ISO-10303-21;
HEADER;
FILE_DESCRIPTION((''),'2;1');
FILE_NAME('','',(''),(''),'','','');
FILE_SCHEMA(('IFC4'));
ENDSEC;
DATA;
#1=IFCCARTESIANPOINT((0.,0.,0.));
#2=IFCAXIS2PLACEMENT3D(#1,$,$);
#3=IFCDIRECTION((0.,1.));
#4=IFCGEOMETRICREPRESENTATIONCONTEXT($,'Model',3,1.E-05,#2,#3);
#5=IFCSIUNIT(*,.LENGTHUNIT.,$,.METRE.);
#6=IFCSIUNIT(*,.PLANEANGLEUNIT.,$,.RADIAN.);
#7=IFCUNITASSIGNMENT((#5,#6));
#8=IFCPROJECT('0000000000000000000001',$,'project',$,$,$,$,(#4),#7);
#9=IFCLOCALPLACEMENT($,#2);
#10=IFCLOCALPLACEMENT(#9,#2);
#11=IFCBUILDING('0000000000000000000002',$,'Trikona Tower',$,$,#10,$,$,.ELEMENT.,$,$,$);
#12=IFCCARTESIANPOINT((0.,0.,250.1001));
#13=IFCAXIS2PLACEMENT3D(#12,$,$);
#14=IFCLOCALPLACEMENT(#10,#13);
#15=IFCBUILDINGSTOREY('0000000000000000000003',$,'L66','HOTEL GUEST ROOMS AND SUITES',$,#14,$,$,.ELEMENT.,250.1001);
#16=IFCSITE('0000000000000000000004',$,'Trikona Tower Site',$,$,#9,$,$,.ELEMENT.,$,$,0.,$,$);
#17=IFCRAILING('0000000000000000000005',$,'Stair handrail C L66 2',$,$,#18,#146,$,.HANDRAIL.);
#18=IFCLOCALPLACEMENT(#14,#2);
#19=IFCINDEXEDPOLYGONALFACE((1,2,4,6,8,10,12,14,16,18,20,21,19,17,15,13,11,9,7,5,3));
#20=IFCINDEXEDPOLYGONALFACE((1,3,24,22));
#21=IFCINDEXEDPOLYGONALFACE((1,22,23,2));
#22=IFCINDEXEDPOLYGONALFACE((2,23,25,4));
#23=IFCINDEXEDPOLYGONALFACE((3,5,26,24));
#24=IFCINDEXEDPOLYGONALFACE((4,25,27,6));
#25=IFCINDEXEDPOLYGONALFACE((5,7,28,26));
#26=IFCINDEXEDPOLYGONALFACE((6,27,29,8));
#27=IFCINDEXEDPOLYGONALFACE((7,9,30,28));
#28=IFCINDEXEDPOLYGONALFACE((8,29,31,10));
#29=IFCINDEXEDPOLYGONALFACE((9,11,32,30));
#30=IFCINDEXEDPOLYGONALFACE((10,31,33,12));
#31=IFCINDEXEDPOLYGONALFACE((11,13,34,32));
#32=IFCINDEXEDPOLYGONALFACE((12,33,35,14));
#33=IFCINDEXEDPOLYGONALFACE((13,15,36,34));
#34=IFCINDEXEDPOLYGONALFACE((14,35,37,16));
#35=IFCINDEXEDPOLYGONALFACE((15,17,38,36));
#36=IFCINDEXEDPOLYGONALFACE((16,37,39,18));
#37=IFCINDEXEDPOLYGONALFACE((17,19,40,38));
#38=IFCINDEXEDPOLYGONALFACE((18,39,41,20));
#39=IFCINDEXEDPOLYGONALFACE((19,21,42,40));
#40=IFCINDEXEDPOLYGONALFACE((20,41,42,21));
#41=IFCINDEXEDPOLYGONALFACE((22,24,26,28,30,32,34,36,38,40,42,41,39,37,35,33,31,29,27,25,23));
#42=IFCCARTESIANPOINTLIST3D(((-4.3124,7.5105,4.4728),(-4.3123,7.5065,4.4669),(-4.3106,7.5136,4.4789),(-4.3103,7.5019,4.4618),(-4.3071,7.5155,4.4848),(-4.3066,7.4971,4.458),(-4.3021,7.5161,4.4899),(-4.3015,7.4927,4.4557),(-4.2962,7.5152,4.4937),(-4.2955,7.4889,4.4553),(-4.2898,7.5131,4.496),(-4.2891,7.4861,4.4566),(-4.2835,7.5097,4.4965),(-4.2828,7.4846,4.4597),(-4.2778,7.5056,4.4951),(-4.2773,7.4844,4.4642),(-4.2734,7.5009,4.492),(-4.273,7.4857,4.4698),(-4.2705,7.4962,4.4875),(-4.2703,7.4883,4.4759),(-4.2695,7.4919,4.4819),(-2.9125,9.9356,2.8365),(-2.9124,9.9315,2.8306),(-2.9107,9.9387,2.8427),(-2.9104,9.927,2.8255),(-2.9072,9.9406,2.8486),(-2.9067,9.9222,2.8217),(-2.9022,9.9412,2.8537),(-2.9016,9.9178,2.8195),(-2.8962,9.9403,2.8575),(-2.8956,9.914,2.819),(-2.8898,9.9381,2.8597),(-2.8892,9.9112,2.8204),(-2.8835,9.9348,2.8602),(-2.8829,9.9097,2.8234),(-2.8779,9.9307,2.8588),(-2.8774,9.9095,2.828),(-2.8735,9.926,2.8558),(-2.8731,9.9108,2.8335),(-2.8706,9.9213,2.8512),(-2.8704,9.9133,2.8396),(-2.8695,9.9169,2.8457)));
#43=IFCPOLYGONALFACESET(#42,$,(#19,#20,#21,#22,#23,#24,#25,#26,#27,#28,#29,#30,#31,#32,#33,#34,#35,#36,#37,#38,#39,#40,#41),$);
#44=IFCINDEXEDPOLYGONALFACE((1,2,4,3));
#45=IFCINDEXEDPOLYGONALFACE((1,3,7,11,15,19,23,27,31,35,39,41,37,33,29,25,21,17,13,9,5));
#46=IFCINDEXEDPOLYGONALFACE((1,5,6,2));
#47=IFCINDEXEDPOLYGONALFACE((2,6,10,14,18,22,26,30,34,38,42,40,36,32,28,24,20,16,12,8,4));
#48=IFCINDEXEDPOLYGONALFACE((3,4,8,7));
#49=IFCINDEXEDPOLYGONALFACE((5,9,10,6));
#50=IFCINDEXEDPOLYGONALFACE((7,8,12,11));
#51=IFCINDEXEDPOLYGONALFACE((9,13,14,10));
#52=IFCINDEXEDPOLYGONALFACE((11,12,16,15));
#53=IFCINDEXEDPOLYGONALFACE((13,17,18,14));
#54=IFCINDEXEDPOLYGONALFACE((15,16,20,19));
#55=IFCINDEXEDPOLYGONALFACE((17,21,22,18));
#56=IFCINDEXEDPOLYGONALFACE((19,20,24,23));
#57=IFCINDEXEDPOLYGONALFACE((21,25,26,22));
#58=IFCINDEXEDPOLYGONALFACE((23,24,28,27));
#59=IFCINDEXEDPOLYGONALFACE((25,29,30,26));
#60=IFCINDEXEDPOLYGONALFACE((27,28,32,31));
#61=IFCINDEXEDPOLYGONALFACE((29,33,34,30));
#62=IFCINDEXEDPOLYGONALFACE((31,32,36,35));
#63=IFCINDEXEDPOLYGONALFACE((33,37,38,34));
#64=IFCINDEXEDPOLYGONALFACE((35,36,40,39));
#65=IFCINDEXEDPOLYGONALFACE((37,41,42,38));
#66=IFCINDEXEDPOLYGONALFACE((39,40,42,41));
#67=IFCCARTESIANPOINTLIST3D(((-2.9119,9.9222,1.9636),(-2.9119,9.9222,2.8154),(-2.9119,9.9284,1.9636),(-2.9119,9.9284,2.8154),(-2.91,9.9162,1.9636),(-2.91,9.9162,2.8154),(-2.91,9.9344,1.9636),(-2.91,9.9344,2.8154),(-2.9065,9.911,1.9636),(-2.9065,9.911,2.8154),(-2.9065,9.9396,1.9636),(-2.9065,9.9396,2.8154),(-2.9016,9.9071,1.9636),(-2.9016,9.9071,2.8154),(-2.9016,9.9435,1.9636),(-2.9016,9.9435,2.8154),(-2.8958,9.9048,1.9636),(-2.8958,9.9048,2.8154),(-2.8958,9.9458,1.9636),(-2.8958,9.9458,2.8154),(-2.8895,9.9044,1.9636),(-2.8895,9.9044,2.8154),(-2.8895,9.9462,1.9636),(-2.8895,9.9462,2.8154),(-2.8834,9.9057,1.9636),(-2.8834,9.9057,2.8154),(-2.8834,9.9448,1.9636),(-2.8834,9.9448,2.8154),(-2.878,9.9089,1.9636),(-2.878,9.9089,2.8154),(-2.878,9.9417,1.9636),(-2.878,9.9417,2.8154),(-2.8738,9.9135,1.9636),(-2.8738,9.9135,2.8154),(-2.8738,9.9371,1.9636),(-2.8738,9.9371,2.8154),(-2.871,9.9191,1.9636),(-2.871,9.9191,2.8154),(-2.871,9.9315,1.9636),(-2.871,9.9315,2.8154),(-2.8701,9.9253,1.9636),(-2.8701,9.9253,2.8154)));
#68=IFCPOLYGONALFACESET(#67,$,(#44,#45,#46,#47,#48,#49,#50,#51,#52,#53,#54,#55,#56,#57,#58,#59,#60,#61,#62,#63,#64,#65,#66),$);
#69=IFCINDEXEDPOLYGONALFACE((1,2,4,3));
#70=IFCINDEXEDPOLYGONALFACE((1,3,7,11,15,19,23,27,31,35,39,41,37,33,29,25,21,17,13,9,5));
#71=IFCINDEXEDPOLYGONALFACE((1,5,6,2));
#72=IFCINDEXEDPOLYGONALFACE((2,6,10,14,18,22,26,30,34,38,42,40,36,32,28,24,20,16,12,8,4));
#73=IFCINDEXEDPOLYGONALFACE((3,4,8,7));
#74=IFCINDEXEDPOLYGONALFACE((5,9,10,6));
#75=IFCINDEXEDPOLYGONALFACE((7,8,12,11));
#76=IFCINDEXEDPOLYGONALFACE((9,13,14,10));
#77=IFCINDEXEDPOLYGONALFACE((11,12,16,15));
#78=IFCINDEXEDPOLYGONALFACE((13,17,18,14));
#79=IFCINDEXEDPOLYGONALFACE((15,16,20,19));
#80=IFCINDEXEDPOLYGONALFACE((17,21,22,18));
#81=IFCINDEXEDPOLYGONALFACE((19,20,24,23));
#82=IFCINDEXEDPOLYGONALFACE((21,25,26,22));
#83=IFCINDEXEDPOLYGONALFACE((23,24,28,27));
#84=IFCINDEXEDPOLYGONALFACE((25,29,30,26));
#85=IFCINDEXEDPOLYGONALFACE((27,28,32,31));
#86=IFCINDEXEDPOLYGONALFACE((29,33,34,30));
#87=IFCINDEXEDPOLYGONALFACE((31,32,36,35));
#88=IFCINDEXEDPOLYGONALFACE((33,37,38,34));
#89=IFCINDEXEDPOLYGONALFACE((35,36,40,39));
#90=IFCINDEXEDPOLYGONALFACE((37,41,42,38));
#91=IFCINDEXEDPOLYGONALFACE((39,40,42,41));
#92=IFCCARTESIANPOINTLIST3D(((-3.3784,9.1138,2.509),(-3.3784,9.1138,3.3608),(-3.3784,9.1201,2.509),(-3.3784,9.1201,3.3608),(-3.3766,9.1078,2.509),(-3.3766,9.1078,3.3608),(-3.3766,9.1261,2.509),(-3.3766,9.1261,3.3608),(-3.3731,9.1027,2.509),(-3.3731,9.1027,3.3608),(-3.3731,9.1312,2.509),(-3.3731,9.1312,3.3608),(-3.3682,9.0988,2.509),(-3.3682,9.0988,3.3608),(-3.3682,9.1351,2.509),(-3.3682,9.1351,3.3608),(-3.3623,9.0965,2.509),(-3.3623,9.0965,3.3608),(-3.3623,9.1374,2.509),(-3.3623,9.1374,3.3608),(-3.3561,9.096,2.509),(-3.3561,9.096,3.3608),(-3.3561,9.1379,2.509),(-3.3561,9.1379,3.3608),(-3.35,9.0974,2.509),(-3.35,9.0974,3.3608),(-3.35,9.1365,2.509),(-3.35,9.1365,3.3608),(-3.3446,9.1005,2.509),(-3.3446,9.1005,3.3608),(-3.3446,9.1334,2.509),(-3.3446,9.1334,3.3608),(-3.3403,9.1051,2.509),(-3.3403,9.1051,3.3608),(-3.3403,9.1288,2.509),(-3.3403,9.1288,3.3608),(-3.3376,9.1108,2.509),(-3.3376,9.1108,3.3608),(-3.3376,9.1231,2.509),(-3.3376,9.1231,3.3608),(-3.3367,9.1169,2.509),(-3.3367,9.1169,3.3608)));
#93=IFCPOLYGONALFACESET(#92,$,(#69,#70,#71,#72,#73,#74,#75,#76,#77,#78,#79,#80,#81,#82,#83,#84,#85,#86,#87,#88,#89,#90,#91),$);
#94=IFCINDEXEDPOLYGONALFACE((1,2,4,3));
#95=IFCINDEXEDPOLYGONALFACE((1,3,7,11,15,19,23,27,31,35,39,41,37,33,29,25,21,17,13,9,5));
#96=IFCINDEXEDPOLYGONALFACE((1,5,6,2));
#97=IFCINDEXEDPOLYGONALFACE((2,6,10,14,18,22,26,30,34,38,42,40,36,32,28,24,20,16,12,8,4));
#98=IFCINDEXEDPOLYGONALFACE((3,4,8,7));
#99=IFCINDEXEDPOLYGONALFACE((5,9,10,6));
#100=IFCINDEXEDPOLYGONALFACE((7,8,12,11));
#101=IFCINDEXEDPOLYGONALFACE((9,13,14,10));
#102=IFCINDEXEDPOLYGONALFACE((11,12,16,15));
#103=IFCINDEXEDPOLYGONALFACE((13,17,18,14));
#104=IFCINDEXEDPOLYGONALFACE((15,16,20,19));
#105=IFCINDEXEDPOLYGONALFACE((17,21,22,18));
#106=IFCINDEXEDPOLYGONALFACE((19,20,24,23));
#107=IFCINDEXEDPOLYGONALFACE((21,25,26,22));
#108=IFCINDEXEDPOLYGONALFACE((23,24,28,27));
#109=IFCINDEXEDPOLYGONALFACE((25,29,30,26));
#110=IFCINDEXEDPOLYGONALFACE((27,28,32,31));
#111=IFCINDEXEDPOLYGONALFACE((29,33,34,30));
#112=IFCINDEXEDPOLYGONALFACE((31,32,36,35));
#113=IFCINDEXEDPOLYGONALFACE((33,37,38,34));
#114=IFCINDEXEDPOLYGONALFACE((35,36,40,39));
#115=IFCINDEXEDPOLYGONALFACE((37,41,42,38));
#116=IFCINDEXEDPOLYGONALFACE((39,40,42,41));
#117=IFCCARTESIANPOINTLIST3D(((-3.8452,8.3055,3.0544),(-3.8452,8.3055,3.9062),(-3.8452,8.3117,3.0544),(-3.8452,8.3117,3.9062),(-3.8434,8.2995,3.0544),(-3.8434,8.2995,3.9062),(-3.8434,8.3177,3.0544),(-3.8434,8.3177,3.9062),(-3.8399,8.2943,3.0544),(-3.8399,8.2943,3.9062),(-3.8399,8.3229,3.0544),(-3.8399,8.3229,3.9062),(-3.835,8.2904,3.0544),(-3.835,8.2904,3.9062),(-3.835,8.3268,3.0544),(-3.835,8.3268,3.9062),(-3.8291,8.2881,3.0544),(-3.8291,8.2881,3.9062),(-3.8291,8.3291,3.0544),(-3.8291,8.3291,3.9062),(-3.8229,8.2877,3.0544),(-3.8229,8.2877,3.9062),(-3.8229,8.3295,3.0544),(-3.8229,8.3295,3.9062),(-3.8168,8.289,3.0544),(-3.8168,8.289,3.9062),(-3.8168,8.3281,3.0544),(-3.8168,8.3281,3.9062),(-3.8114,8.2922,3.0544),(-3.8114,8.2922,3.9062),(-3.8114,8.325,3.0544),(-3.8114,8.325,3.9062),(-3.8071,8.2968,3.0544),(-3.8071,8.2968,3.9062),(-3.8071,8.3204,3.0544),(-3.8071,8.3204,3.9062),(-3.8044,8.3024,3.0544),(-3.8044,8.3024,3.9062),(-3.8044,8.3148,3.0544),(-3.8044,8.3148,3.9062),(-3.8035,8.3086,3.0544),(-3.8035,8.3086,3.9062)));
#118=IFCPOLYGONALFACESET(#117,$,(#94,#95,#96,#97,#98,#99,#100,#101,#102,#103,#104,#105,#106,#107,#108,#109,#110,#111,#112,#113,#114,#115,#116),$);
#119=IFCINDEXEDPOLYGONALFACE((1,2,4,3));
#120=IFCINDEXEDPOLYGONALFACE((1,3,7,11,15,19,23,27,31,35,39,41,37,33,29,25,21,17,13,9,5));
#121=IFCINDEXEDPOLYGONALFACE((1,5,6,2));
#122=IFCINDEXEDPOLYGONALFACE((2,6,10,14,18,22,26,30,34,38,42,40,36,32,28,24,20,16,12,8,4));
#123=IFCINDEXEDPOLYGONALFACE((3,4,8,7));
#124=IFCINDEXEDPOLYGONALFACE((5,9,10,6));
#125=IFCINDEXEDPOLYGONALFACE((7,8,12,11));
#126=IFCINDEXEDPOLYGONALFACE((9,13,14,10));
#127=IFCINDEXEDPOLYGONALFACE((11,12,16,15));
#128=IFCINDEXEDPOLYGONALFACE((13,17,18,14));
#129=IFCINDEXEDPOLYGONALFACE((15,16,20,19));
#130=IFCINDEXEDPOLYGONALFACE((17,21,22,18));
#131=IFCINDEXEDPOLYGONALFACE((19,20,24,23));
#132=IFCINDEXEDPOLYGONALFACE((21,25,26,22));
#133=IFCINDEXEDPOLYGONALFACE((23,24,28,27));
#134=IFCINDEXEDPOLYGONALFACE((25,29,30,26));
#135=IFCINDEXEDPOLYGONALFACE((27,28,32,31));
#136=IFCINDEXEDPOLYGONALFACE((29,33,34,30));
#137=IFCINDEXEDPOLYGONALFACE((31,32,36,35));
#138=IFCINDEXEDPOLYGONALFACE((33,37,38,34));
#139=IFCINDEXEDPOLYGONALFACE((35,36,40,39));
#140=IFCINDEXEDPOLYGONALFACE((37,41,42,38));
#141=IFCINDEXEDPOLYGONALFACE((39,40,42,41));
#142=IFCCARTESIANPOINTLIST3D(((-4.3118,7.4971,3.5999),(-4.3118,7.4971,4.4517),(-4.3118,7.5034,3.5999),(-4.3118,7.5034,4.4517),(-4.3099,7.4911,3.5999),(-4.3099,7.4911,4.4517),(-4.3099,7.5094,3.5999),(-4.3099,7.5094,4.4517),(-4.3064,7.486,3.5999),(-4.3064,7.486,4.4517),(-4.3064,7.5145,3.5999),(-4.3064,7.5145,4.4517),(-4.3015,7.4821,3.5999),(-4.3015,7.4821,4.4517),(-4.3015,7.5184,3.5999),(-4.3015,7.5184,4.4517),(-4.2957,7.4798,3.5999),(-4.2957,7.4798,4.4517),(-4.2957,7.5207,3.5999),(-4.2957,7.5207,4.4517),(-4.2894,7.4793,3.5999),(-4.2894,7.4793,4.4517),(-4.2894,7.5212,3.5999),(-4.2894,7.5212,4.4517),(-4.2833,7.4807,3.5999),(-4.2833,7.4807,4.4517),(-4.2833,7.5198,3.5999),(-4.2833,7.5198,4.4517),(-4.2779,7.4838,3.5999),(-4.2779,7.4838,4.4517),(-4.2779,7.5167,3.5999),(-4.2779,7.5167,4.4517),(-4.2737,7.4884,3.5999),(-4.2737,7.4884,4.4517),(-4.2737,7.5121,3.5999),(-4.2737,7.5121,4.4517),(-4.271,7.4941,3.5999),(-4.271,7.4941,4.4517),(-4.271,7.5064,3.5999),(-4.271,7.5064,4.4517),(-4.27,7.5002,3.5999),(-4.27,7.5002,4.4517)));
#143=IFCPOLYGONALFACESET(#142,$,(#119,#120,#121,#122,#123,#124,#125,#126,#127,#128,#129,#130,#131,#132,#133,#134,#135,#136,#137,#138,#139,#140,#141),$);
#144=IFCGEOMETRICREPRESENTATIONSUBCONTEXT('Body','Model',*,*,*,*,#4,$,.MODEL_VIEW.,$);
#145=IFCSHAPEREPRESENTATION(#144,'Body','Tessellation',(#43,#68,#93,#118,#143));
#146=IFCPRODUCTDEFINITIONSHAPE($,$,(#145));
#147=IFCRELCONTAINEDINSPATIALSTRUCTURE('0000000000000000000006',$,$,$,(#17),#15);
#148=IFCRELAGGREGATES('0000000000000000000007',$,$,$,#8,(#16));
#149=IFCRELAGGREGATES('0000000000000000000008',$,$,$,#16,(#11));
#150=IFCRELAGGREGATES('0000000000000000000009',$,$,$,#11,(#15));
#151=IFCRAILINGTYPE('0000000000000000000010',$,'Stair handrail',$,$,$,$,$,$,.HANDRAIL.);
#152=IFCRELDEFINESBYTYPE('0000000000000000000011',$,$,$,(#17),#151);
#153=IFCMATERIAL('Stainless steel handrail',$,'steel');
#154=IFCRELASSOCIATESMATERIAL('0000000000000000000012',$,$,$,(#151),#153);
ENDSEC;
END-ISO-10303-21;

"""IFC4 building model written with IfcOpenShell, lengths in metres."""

from ifc_helpers import new_model, si_unit, direction, frame, origin, origin_2d, place, context, subcontext, project, spatial, circle, extrude, material, type_object, element, save


model = new_model("IFC4")

# Units and contexts
model_context = context("Model", 3, precision=1e-05, world=origin(), true_north=direction((0.0, 1.0)))
body_context = subcontext(model_context, "Body", "Model", "MODEL_VIEW")
ifc_project = project(units=[si_unit("LENGTHUNIT", "METRE"), si_unit("PLANEANGLEUNIT", "RADIAN")], contexts=[model_context])

# Site, building, storey
site_placement = place(None, origin())
site = spatial("IfcSite", under=ifc_project, at=site_placement, Name="Trikona Tower Site", CompositionType="ELEMENT", RefElevation=0.0)
building_placement = place(site_placement, origin())
building = spatial("IfcBuilding", under=site, at=building_placement, Name="Trikona Tower", CompositionType="ELEMENT")
storey_placement = place(building_placement, frame((0.0, 0.0, 250.1001)))
storey = spatial("IfcBuildingStorey", under=building, at=storey_placement, Name="L66", Description="HOTEL GUEST ROOMS AND SUITES", CompositionType="ELEMENT", Elevation=250.1001)

# Railing
ifc_material_1 = material(Name="Stainless steel handrail", Category="steel")
railing_type = type_object("IfcRailingType", Name="Stair handrail", PredefinedType="HANDRAIL", material=ifc_material_1)
railing_1_placement = place(storey_placement, frame((-2.8911, 9.9253, 1.9636)))
element("IfcRailing", 1, at=railing_1_placement, inside=storey, type_object=railing_type, Name="Stair handrail C L66 2", PredefinedType="HANDRAIL", context=body_context, shape_type="SweptSolid", body=[
    extrude(circle(Radius=0.0239, at=origin_2d()), frame((0.0, 0.0, 0.876), z_axis=(-0.431653, -0.747751, 0.504523), x_axis=(0.866056, -0.499946, 0.0)), (0.0, 0.0, 1.0), 3.2432),
    extrude(circle(Radius=0.021, at=origin_2d()), origin(), (0.0, 0.0, 1.0), 0.8518),
    extrude(circle(Radius=0.021, at=origin_2d()), frame((-0.4666, -0.8083, 0.5454)), (0.0, 0.0, 1.0), 0.8518),
    extrude(circle(Radius=0.021, at=origin_2d()), frame((-0.9333, -1.6167, 1.0908)), (0.0, 0.0, 1.0), 0.8518),
    extrude(circle(Radius=0.021, at=origin_2d()), frame((-1.3999, -2.425, 1.6362)), (0.0, 0.0, 1.0), 0.8518),
])

save(model, "model.ifc")
